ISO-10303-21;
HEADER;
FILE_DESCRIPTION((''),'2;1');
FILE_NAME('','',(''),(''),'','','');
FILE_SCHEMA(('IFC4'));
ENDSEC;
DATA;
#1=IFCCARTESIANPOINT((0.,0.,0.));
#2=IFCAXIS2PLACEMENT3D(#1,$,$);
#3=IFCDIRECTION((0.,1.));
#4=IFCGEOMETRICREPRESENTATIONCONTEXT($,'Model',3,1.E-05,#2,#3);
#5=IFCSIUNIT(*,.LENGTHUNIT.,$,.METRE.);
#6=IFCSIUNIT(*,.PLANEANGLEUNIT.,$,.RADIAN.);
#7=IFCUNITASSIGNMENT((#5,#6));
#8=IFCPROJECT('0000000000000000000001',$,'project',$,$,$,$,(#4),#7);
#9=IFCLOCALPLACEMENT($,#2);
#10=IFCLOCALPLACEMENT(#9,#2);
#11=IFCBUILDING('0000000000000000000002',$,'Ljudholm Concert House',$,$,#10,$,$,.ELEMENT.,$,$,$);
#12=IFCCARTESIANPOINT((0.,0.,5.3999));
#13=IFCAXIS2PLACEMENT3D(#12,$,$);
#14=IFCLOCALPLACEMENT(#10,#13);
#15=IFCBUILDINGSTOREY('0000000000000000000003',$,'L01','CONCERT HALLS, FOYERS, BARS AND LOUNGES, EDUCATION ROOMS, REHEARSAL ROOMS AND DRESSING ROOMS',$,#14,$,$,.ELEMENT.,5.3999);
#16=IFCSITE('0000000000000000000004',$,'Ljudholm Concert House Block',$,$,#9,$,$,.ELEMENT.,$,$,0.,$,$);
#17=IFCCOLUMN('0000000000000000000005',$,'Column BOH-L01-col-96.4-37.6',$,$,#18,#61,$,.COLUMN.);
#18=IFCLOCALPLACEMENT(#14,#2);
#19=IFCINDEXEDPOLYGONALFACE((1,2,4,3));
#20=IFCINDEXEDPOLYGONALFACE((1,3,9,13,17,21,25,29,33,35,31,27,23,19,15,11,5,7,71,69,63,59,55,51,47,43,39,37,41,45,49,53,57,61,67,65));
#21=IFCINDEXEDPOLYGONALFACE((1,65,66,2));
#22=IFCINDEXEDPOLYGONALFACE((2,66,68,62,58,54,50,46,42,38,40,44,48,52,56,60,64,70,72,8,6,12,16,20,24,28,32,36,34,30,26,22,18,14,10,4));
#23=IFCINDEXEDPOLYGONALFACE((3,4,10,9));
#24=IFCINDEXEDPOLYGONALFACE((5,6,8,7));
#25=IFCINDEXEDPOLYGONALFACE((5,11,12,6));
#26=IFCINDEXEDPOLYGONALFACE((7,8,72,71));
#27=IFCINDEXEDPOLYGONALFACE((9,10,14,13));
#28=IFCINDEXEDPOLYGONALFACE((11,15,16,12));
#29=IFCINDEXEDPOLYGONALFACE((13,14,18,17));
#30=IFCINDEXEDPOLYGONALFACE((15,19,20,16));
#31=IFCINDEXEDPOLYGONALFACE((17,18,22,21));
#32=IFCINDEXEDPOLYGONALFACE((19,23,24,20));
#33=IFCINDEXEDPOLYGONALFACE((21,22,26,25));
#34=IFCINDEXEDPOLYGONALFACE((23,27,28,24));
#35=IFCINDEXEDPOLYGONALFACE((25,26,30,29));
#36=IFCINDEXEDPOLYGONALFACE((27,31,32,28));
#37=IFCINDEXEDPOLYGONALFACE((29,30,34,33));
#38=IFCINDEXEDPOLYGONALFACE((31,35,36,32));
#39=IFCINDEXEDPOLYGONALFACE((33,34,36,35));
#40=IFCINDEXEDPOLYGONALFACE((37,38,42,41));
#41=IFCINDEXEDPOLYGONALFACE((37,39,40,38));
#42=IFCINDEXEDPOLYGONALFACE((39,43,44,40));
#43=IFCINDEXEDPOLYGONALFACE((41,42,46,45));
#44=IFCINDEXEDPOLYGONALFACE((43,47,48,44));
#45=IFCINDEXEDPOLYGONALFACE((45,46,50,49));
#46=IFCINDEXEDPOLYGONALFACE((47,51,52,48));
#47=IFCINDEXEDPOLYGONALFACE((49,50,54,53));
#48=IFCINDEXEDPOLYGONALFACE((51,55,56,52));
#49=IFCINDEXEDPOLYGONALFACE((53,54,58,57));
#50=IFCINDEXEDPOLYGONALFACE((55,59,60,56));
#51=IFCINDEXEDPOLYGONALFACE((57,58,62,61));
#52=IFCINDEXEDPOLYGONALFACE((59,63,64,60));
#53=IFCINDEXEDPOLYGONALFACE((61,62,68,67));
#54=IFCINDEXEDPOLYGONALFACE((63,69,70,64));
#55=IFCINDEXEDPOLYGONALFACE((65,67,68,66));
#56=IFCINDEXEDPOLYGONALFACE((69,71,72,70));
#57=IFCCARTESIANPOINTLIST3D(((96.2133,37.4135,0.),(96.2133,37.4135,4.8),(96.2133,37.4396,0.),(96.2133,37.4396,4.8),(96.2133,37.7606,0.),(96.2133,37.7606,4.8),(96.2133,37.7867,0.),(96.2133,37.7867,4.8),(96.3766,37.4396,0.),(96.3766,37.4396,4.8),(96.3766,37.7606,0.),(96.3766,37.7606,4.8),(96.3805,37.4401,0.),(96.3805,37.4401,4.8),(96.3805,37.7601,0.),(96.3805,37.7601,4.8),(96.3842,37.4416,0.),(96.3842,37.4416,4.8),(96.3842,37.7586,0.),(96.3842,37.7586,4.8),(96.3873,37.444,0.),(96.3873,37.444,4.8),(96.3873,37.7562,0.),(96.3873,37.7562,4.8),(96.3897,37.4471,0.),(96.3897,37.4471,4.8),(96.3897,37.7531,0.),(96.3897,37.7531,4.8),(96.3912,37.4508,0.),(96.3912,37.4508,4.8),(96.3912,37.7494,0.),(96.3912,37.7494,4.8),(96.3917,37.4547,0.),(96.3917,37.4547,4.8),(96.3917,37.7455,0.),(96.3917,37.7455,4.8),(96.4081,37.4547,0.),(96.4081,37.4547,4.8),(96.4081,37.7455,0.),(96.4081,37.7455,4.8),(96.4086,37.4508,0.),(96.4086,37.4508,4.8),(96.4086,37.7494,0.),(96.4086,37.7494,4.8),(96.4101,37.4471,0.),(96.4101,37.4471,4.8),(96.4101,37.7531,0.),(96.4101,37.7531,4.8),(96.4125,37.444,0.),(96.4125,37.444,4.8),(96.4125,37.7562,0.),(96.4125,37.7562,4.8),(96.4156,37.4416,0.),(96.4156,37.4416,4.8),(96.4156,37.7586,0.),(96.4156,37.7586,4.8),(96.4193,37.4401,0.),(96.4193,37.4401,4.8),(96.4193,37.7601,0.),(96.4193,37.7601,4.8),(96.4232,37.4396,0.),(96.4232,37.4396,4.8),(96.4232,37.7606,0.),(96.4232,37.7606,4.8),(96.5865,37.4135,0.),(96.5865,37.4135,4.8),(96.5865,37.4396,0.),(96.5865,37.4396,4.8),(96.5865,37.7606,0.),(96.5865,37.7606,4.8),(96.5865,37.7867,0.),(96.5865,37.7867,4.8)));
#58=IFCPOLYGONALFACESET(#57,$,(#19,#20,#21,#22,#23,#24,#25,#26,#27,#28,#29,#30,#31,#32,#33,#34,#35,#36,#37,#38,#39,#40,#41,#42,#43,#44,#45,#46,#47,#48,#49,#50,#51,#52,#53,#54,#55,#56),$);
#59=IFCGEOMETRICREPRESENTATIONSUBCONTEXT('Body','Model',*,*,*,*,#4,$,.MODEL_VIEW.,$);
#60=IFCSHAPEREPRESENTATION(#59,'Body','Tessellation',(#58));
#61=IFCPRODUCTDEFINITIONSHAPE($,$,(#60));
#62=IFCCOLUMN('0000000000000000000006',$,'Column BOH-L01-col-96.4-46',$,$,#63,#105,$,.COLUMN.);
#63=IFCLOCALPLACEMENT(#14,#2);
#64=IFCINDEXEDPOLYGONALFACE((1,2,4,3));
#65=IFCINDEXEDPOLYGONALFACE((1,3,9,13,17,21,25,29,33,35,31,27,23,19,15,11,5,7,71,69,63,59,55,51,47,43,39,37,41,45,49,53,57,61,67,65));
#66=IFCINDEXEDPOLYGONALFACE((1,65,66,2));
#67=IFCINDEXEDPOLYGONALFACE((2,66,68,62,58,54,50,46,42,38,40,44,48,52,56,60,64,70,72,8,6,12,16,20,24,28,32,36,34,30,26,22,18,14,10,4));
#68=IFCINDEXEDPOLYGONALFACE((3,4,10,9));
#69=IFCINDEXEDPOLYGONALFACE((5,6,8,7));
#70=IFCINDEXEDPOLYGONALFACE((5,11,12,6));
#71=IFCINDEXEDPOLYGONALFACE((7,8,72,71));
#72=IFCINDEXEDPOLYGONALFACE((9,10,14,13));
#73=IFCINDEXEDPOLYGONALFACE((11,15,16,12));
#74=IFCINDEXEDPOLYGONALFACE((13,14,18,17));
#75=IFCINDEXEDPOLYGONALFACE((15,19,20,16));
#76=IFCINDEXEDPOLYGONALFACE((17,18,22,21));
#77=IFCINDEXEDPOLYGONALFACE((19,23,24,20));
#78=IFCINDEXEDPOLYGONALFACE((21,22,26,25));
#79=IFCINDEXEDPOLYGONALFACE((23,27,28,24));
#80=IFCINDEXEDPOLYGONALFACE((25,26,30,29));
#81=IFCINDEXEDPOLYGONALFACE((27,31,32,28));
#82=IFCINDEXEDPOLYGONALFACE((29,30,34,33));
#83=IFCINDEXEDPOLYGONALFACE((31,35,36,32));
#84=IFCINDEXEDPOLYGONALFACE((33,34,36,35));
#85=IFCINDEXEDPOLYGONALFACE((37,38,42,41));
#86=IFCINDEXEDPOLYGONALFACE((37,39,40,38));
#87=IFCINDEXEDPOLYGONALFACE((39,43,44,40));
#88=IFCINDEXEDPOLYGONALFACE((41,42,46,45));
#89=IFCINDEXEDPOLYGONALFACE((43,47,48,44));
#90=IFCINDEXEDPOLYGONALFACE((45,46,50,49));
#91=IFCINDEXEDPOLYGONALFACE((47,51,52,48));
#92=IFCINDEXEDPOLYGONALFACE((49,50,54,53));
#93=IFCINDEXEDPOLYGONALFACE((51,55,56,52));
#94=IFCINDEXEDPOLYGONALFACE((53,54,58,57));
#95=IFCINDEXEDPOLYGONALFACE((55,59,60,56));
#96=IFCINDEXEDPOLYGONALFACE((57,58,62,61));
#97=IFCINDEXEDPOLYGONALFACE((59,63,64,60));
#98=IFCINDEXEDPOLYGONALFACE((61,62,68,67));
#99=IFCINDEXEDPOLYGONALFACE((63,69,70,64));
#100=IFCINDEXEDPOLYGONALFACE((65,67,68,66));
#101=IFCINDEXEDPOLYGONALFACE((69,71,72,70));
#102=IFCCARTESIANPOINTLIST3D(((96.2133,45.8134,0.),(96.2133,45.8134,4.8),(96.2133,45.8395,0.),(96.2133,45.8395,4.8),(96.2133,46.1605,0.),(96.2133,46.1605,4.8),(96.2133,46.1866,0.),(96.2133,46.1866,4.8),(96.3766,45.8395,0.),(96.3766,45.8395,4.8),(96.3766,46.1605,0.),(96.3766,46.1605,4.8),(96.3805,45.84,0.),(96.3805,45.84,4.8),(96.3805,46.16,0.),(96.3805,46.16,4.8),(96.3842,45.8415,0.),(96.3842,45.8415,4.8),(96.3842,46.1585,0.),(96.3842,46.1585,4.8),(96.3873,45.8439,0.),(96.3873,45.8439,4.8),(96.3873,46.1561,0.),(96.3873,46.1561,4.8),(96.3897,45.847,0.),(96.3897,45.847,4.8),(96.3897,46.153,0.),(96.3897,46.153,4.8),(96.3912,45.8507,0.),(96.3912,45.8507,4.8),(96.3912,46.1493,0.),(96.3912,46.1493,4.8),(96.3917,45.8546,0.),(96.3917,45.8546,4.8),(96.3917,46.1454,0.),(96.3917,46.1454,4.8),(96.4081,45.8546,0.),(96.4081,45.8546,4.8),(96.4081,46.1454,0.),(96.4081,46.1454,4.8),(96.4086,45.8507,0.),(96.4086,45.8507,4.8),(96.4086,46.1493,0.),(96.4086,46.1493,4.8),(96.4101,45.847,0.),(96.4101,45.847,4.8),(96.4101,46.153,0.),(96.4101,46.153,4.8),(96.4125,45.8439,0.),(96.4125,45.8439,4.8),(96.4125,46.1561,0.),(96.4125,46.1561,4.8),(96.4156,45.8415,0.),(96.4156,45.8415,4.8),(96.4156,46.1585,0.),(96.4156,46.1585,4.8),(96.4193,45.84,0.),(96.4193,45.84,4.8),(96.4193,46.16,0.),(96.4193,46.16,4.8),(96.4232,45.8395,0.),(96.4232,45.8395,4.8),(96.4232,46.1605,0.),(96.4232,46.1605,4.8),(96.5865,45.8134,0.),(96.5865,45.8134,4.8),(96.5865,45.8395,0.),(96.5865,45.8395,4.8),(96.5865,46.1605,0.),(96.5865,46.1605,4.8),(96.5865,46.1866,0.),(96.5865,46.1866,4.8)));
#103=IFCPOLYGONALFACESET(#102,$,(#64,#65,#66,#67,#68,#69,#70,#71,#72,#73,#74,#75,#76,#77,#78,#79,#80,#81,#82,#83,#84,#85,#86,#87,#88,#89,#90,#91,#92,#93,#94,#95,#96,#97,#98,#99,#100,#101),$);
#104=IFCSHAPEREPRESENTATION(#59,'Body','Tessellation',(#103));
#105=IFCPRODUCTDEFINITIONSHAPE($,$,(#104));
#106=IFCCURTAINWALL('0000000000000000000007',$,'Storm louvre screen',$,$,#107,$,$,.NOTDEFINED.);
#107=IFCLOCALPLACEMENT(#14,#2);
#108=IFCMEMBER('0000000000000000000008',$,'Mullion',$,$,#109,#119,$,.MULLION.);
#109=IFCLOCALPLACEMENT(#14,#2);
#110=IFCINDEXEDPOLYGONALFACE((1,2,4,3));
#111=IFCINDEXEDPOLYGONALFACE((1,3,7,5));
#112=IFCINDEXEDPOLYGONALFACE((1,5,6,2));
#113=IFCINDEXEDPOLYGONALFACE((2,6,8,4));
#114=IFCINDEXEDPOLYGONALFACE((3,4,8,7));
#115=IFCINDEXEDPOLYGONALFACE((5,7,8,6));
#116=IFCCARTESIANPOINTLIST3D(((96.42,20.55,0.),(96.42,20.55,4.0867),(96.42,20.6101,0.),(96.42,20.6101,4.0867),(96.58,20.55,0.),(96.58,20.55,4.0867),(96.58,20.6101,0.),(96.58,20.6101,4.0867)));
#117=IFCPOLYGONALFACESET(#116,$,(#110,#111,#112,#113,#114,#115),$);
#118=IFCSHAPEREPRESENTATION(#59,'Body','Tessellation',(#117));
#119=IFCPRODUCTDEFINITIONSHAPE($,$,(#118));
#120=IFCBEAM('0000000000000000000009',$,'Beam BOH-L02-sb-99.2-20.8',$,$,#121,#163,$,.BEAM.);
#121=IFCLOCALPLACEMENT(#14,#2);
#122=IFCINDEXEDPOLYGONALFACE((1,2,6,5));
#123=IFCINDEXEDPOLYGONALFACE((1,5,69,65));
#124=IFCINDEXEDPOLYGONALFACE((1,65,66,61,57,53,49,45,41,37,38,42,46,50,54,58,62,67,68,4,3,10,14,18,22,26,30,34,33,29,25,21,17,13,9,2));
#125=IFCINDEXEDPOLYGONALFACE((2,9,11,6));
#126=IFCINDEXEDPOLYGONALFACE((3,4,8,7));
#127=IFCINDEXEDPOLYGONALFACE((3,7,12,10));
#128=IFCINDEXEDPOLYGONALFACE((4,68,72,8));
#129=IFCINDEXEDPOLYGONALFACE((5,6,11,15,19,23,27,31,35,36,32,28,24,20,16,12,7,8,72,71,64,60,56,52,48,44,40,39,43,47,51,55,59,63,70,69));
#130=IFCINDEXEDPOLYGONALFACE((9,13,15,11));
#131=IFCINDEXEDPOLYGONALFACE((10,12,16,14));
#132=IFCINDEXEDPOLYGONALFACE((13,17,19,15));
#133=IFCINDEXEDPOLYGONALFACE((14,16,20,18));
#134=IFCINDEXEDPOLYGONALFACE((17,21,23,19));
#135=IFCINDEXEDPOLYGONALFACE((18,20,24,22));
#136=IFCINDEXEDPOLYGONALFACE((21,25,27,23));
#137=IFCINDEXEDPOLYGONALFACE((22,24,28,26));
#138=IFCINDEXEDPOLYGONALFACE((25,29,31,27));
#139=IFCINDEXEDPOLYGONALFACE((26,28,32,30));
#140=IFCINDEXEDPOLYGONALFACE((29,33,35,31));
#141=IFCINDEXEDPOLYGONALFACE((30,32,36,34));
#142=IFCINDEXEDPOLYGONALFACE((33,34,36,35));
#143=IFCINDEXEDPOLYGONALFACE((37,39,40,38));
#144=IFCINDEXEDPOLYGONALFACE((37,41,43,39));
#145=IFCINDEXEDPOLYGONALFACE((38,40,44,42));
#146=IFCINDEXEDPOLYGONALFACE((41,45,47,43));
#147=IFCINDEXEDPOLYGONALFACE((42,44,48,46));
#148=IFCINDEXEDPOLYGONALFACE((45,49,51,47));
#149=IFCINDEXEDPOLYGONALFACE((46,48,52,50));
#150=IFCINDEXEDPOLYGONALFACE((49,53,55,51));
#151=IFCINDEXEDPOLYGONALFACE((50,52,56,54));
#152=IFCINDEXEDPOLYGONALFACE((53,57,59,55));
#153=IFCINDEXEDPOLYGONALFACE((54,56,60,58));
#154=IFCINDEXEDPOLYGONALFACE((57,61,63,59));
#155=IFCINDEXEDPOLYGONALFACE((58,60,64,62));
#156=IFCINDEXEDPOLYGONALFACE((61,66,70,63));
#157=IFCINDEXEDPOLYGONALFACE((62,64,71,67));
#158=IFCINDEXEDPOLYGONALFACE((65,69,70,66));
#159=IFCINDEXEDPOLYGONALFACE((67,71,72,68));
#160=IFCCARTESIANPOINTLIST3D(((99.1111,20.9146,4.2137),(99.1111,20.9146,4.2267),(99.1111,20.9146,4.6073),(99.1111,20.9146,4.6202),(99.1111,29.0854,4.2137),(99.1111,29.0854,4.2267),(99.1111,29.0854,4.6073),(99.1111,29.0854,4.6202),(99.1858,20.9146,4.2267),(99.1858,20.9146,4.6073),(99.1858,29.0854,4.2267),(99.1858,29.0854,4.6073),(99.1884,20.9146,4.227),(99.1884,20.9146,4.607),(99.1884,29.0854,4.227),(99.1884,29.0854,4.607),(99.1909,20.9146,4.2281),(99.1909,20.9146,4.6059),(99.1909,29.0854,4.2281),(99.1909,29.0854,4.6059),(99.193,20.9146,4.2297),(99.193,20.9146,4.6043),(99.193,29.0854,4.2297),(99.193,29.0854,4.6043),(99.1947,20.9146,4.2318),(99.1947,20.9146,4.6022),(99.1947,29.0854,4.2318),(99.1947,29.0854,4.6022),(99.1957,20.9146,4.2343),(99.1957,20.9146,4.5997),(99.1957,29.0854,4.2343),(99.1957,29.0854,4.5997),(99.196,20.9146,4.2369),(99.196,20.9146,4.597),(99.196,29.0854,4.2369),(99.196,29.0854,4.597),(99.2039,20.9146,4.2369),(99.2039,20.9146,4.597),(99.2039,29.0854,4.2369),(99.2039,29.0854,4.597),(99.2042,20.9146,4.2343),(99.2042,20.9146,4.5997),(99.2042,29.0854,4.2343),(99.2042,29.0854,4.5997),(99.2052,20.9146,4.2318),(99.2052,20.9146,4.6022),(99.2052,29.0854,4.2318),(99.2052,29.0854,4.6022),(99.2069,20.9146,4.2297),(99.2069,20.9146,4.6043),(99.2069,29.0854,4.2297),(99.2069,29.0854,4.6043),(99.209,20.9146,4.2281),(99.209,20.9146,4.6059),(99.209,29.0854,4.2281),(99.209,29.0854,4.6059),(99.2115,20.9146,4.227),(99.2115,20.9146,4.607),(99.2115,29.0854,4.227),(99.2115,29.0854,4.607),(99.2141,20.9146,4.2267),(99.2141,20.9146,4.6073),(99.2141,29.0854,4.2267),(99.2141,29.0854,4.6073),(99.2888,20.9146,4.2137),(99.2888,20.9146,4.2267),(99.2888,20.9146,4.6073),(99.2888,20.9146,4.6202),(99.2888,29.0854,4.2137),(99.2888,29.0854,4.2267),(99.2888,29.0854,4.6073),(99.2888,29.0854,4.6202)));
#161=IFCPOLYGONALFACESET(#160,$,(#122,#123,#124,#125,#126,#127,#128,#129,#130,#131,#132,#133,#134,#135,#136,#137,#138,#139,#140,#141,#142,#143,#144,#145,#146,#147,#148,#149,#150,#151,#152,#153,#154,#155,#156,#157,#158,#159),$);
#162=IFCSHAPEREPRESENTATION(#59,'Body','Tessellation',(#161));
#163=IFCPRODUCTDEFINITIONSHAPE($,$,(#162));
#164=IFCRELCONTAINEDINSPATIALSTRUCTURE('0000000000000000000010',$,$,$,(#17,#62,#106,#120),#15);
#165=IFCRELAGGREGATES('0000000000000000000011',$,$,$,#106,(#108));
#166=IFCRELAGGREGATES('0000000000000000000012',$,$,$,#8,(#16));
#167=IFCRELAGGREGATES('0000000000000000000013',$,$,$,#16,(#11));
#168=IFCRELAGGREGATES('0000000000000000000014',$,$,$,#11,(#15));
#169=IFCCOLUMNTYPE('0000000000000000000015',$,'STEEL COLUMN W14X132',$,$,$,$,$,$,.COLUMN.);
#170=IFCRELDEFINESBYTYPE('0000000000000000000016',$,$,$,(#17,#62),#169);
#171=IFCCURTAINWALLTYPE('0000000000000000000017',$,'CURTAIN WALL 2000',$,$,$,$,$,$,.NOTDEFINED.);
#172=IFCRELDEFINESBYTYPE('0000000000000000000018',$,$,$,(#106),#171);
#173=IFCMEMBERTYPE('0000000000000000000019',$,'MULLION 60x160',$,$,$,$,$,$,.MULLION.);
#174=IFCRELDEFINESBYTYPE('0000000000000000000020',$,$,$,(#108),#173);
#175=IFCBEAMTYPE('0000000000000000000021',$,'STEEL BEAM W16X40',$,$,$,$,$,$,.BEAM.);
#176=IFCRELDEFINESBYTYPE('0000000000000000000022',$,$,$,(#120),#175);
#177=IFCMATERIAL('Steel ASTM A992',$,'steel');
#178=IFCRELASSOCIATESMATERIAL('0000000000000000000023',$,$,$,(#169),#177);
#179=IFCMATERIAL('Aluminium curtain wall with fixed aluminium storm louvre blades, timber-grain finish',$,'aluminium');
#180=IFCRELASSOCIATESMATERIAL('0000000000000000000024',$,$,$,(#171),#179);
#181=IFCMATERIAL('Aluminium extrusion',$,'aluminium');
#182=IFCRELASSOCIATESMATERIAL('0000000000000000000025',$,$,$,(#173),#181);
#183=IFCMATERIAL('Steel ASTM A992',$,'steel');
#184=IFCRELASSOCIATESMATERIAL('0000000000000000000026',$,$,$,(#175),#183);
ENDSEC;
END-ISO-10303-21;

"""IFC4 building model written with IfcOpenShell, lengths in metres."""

from ifc_helpers import new_model, si_unit, direction, frame, origin, origin_2d, place, context, subcontext, project, spatial, rectangle, i_section, extrude, material, material_profile, profile_set, type_object, element, aggregate, save


model = new_model("IFC4")

# Units and contexts
model_context = context("Model", 3, precision=1e-05, world=origin(), true_north=direction((0.0, 1.0)))
body_context = subcontext(model_context, "Body", "Model", "MODEL_VIEW")
ifc_project = project(units=[si_unit("LENGTHUNIT", "METRE"), si_unit("PLANEANGLEUNIT", "RADIAN")], contexts=[model_context])

# Site, building, storey
site_placement = place(None, origin())
site = spatial("IfcSite", under=ifc_project, at=site_placement, Name="Ljudholm Concert House Block", CompositionType="ELEMENT", RefElevation=0.0)
building_placement = place(site_placement, origin())
building = spatial("IfcBuilding", under=site, at=building_placement, Name="Ljudholm Concert House", CompositionType="ELEMENT")
storey_placement = place(building_placement, frame((0.0, 0.0, 5.3999)))
storey = spatial("IfcBuildingStorey", under=building, at=storey_placement, Name="L01", Description="CONCERT HALLS, FOYERS, BARS AND LOUNGES, EDUCATION ROOMS, REHEARSAL ROOMS AND DRESSING ROOMS", CompositionType="ELEMENT", Elevation=5.3999)

# Columns
ifc_material_1 = material(Name="Steel ASTM A992", Category="steel")
ifc_material_profile_1 = material_profile(ifc_material_1, i_section(OverallWidth=0.3733, OverallDepth=0.3733, WebThickness=0.0164, FlangeThickness=0.0261, FilletRadius=0.0151, at=origin_2d()), Name="W14X132")
ifc_profile_set_1 = profile_set([ifc_material_profile_1], Name="Steel ASTM A992")
column_type = type_object("IfcColumnType", Name="STEEL COLUMN W14X132", PredefinedType="COLUMN", material=ifc_profile_set_1)
for number, where, z_axis, x_axis, name in (
    (1, (96.3999, 37.6001, 0.0), (0.0, 0.0, 1.0), (1.0, 0.0, 0.0), "Column BOH-L01-col-96.4-37.6"),
    (2, (96.3999, 46.0, 0.0), (0.0, 0.0, 1.0), (1.0, 0.0, 0.0), "Column BOH-L01-col-96.4-46"),
):
    element("IfcColumn", number, at=place(storey_placement, frame(where, z_axis=z_axis, x_axis=x_axis)), inside=storey, type_object=column_type, Name=name, PredefinedType="COLUMN", context=body_context, shape_type="SweptSolid", body=[
        extrude(i_section(OverallWidth=0.3733, OverallDepth=0.3733, WebThickness=0.0164, FlangeThickness=0.0261, FilletRadius=0.0151, at=origin_2d()), origin(), (0.0, 0.0, 1.0), 4.8),
    ])

# Curtain wall, member
ifc_material_2 = material(Name="Aluminium curtain wall with fixed aluminium storm louvre blades, timber-grain finish", Category="aluminium")
curtain_wall_type = type_object("IfcCurtainWallType", Name="CURTAIN WALL 2000", PredefinedType="NOTDEFINED", material=ifc_material_2)
curtain_wall_placement = place(storey_placement, origin())
curtain_wall = element("IfcCurtainWall", 3, at=curtain_wall_placement, inside=storey, type_object=curtain_wall_type, Name="Storm louvre screen", PredefinedType="NOTDEFINED")
ifc_material_3 = material(Name="Aluminium extrusion", Category="aluminium")
ifc_material_profile_2 = material_profile(ifc_material_3, rectangle(XDim=0.1599, YDim=0.0601, at=origin_2d()), Name="MULLION 60x160")
ifc_profile_set_2 = profile_set([ifc_material_profile_2], Name="Aluminium extrusion")
member_type = type_object("IfcMemberType", Name="MULLION 60x160", PredefinedType="MULLION", material=ifc_profile_set_2)
member_placement = place(storey_placement, frame((96.5, 20.5801, 0.0), z_axis=(0.0, 0.0, 1.0), x_axis=(-1.0, 0.0, 0.0)))
member = element("IfcMember", 4, at=member_placement, type_object=member_type, Name="Mullion", PredefinedType="MULLION", context=body_context, shape_type="SweptSolid", body=[
    extrude(rectangle(XDim=0.1599, YDim=0.0601, at=origin_2d()), origin(), (0.0, 0.0, 1.0), 4.0867),
])

# Beam
ifc_material_4 = material(Name="Steel ASTM A992", Category="steel")
ifc_material_profile_3 = material_profile(ifc_material_4, i_section(OverallWidth=0.1777, OverallDepth=0.4065, WebThickness=0.0078, FlangeThickness=0.0129, FilletRadius=0.0103, at=origin_2d()), Name="W16X40")
ifc_profile_set_3 = profile_set([ifc_material_profile_3], Name="Steel ASTM A992")
beam_type_1 = type_object("IfcBeamType", Name="STEEL BEAM W16X40", PredefinedType="BEAM", material=ifc_profile_set_3)
for number, where, z_axis, x_axis, name in (
    (5, (99.2, 20.9146, 4.417), (0.0, 1.0, 0.0), (-1.0, 0.0, 0.0), "Beam BOH-L02-sb-99.2-20.8"),
):
    element("IfcBeam", number, at=place(storey_placement, frame(where, z_axis=z_axis, x_axis=x_axis)), inside=storey, type_object=beam_type_1, Name=name, PredefinedType="BEAM", context=body_context, shape_type="SweptSolid", body=[
        extrude(i_section(OverallWidth=0.1777, OverallDepth=0.4065, WebThickness=0.0078, FlangeThickness=0.0129, FilletRadius=0.0103, at=origin_2d()), origin(), (0.0, 0.0, 1.0), 8.1709),
    ])

aggregate(curtain_wall, [member])

save(model, "model.ifc")
